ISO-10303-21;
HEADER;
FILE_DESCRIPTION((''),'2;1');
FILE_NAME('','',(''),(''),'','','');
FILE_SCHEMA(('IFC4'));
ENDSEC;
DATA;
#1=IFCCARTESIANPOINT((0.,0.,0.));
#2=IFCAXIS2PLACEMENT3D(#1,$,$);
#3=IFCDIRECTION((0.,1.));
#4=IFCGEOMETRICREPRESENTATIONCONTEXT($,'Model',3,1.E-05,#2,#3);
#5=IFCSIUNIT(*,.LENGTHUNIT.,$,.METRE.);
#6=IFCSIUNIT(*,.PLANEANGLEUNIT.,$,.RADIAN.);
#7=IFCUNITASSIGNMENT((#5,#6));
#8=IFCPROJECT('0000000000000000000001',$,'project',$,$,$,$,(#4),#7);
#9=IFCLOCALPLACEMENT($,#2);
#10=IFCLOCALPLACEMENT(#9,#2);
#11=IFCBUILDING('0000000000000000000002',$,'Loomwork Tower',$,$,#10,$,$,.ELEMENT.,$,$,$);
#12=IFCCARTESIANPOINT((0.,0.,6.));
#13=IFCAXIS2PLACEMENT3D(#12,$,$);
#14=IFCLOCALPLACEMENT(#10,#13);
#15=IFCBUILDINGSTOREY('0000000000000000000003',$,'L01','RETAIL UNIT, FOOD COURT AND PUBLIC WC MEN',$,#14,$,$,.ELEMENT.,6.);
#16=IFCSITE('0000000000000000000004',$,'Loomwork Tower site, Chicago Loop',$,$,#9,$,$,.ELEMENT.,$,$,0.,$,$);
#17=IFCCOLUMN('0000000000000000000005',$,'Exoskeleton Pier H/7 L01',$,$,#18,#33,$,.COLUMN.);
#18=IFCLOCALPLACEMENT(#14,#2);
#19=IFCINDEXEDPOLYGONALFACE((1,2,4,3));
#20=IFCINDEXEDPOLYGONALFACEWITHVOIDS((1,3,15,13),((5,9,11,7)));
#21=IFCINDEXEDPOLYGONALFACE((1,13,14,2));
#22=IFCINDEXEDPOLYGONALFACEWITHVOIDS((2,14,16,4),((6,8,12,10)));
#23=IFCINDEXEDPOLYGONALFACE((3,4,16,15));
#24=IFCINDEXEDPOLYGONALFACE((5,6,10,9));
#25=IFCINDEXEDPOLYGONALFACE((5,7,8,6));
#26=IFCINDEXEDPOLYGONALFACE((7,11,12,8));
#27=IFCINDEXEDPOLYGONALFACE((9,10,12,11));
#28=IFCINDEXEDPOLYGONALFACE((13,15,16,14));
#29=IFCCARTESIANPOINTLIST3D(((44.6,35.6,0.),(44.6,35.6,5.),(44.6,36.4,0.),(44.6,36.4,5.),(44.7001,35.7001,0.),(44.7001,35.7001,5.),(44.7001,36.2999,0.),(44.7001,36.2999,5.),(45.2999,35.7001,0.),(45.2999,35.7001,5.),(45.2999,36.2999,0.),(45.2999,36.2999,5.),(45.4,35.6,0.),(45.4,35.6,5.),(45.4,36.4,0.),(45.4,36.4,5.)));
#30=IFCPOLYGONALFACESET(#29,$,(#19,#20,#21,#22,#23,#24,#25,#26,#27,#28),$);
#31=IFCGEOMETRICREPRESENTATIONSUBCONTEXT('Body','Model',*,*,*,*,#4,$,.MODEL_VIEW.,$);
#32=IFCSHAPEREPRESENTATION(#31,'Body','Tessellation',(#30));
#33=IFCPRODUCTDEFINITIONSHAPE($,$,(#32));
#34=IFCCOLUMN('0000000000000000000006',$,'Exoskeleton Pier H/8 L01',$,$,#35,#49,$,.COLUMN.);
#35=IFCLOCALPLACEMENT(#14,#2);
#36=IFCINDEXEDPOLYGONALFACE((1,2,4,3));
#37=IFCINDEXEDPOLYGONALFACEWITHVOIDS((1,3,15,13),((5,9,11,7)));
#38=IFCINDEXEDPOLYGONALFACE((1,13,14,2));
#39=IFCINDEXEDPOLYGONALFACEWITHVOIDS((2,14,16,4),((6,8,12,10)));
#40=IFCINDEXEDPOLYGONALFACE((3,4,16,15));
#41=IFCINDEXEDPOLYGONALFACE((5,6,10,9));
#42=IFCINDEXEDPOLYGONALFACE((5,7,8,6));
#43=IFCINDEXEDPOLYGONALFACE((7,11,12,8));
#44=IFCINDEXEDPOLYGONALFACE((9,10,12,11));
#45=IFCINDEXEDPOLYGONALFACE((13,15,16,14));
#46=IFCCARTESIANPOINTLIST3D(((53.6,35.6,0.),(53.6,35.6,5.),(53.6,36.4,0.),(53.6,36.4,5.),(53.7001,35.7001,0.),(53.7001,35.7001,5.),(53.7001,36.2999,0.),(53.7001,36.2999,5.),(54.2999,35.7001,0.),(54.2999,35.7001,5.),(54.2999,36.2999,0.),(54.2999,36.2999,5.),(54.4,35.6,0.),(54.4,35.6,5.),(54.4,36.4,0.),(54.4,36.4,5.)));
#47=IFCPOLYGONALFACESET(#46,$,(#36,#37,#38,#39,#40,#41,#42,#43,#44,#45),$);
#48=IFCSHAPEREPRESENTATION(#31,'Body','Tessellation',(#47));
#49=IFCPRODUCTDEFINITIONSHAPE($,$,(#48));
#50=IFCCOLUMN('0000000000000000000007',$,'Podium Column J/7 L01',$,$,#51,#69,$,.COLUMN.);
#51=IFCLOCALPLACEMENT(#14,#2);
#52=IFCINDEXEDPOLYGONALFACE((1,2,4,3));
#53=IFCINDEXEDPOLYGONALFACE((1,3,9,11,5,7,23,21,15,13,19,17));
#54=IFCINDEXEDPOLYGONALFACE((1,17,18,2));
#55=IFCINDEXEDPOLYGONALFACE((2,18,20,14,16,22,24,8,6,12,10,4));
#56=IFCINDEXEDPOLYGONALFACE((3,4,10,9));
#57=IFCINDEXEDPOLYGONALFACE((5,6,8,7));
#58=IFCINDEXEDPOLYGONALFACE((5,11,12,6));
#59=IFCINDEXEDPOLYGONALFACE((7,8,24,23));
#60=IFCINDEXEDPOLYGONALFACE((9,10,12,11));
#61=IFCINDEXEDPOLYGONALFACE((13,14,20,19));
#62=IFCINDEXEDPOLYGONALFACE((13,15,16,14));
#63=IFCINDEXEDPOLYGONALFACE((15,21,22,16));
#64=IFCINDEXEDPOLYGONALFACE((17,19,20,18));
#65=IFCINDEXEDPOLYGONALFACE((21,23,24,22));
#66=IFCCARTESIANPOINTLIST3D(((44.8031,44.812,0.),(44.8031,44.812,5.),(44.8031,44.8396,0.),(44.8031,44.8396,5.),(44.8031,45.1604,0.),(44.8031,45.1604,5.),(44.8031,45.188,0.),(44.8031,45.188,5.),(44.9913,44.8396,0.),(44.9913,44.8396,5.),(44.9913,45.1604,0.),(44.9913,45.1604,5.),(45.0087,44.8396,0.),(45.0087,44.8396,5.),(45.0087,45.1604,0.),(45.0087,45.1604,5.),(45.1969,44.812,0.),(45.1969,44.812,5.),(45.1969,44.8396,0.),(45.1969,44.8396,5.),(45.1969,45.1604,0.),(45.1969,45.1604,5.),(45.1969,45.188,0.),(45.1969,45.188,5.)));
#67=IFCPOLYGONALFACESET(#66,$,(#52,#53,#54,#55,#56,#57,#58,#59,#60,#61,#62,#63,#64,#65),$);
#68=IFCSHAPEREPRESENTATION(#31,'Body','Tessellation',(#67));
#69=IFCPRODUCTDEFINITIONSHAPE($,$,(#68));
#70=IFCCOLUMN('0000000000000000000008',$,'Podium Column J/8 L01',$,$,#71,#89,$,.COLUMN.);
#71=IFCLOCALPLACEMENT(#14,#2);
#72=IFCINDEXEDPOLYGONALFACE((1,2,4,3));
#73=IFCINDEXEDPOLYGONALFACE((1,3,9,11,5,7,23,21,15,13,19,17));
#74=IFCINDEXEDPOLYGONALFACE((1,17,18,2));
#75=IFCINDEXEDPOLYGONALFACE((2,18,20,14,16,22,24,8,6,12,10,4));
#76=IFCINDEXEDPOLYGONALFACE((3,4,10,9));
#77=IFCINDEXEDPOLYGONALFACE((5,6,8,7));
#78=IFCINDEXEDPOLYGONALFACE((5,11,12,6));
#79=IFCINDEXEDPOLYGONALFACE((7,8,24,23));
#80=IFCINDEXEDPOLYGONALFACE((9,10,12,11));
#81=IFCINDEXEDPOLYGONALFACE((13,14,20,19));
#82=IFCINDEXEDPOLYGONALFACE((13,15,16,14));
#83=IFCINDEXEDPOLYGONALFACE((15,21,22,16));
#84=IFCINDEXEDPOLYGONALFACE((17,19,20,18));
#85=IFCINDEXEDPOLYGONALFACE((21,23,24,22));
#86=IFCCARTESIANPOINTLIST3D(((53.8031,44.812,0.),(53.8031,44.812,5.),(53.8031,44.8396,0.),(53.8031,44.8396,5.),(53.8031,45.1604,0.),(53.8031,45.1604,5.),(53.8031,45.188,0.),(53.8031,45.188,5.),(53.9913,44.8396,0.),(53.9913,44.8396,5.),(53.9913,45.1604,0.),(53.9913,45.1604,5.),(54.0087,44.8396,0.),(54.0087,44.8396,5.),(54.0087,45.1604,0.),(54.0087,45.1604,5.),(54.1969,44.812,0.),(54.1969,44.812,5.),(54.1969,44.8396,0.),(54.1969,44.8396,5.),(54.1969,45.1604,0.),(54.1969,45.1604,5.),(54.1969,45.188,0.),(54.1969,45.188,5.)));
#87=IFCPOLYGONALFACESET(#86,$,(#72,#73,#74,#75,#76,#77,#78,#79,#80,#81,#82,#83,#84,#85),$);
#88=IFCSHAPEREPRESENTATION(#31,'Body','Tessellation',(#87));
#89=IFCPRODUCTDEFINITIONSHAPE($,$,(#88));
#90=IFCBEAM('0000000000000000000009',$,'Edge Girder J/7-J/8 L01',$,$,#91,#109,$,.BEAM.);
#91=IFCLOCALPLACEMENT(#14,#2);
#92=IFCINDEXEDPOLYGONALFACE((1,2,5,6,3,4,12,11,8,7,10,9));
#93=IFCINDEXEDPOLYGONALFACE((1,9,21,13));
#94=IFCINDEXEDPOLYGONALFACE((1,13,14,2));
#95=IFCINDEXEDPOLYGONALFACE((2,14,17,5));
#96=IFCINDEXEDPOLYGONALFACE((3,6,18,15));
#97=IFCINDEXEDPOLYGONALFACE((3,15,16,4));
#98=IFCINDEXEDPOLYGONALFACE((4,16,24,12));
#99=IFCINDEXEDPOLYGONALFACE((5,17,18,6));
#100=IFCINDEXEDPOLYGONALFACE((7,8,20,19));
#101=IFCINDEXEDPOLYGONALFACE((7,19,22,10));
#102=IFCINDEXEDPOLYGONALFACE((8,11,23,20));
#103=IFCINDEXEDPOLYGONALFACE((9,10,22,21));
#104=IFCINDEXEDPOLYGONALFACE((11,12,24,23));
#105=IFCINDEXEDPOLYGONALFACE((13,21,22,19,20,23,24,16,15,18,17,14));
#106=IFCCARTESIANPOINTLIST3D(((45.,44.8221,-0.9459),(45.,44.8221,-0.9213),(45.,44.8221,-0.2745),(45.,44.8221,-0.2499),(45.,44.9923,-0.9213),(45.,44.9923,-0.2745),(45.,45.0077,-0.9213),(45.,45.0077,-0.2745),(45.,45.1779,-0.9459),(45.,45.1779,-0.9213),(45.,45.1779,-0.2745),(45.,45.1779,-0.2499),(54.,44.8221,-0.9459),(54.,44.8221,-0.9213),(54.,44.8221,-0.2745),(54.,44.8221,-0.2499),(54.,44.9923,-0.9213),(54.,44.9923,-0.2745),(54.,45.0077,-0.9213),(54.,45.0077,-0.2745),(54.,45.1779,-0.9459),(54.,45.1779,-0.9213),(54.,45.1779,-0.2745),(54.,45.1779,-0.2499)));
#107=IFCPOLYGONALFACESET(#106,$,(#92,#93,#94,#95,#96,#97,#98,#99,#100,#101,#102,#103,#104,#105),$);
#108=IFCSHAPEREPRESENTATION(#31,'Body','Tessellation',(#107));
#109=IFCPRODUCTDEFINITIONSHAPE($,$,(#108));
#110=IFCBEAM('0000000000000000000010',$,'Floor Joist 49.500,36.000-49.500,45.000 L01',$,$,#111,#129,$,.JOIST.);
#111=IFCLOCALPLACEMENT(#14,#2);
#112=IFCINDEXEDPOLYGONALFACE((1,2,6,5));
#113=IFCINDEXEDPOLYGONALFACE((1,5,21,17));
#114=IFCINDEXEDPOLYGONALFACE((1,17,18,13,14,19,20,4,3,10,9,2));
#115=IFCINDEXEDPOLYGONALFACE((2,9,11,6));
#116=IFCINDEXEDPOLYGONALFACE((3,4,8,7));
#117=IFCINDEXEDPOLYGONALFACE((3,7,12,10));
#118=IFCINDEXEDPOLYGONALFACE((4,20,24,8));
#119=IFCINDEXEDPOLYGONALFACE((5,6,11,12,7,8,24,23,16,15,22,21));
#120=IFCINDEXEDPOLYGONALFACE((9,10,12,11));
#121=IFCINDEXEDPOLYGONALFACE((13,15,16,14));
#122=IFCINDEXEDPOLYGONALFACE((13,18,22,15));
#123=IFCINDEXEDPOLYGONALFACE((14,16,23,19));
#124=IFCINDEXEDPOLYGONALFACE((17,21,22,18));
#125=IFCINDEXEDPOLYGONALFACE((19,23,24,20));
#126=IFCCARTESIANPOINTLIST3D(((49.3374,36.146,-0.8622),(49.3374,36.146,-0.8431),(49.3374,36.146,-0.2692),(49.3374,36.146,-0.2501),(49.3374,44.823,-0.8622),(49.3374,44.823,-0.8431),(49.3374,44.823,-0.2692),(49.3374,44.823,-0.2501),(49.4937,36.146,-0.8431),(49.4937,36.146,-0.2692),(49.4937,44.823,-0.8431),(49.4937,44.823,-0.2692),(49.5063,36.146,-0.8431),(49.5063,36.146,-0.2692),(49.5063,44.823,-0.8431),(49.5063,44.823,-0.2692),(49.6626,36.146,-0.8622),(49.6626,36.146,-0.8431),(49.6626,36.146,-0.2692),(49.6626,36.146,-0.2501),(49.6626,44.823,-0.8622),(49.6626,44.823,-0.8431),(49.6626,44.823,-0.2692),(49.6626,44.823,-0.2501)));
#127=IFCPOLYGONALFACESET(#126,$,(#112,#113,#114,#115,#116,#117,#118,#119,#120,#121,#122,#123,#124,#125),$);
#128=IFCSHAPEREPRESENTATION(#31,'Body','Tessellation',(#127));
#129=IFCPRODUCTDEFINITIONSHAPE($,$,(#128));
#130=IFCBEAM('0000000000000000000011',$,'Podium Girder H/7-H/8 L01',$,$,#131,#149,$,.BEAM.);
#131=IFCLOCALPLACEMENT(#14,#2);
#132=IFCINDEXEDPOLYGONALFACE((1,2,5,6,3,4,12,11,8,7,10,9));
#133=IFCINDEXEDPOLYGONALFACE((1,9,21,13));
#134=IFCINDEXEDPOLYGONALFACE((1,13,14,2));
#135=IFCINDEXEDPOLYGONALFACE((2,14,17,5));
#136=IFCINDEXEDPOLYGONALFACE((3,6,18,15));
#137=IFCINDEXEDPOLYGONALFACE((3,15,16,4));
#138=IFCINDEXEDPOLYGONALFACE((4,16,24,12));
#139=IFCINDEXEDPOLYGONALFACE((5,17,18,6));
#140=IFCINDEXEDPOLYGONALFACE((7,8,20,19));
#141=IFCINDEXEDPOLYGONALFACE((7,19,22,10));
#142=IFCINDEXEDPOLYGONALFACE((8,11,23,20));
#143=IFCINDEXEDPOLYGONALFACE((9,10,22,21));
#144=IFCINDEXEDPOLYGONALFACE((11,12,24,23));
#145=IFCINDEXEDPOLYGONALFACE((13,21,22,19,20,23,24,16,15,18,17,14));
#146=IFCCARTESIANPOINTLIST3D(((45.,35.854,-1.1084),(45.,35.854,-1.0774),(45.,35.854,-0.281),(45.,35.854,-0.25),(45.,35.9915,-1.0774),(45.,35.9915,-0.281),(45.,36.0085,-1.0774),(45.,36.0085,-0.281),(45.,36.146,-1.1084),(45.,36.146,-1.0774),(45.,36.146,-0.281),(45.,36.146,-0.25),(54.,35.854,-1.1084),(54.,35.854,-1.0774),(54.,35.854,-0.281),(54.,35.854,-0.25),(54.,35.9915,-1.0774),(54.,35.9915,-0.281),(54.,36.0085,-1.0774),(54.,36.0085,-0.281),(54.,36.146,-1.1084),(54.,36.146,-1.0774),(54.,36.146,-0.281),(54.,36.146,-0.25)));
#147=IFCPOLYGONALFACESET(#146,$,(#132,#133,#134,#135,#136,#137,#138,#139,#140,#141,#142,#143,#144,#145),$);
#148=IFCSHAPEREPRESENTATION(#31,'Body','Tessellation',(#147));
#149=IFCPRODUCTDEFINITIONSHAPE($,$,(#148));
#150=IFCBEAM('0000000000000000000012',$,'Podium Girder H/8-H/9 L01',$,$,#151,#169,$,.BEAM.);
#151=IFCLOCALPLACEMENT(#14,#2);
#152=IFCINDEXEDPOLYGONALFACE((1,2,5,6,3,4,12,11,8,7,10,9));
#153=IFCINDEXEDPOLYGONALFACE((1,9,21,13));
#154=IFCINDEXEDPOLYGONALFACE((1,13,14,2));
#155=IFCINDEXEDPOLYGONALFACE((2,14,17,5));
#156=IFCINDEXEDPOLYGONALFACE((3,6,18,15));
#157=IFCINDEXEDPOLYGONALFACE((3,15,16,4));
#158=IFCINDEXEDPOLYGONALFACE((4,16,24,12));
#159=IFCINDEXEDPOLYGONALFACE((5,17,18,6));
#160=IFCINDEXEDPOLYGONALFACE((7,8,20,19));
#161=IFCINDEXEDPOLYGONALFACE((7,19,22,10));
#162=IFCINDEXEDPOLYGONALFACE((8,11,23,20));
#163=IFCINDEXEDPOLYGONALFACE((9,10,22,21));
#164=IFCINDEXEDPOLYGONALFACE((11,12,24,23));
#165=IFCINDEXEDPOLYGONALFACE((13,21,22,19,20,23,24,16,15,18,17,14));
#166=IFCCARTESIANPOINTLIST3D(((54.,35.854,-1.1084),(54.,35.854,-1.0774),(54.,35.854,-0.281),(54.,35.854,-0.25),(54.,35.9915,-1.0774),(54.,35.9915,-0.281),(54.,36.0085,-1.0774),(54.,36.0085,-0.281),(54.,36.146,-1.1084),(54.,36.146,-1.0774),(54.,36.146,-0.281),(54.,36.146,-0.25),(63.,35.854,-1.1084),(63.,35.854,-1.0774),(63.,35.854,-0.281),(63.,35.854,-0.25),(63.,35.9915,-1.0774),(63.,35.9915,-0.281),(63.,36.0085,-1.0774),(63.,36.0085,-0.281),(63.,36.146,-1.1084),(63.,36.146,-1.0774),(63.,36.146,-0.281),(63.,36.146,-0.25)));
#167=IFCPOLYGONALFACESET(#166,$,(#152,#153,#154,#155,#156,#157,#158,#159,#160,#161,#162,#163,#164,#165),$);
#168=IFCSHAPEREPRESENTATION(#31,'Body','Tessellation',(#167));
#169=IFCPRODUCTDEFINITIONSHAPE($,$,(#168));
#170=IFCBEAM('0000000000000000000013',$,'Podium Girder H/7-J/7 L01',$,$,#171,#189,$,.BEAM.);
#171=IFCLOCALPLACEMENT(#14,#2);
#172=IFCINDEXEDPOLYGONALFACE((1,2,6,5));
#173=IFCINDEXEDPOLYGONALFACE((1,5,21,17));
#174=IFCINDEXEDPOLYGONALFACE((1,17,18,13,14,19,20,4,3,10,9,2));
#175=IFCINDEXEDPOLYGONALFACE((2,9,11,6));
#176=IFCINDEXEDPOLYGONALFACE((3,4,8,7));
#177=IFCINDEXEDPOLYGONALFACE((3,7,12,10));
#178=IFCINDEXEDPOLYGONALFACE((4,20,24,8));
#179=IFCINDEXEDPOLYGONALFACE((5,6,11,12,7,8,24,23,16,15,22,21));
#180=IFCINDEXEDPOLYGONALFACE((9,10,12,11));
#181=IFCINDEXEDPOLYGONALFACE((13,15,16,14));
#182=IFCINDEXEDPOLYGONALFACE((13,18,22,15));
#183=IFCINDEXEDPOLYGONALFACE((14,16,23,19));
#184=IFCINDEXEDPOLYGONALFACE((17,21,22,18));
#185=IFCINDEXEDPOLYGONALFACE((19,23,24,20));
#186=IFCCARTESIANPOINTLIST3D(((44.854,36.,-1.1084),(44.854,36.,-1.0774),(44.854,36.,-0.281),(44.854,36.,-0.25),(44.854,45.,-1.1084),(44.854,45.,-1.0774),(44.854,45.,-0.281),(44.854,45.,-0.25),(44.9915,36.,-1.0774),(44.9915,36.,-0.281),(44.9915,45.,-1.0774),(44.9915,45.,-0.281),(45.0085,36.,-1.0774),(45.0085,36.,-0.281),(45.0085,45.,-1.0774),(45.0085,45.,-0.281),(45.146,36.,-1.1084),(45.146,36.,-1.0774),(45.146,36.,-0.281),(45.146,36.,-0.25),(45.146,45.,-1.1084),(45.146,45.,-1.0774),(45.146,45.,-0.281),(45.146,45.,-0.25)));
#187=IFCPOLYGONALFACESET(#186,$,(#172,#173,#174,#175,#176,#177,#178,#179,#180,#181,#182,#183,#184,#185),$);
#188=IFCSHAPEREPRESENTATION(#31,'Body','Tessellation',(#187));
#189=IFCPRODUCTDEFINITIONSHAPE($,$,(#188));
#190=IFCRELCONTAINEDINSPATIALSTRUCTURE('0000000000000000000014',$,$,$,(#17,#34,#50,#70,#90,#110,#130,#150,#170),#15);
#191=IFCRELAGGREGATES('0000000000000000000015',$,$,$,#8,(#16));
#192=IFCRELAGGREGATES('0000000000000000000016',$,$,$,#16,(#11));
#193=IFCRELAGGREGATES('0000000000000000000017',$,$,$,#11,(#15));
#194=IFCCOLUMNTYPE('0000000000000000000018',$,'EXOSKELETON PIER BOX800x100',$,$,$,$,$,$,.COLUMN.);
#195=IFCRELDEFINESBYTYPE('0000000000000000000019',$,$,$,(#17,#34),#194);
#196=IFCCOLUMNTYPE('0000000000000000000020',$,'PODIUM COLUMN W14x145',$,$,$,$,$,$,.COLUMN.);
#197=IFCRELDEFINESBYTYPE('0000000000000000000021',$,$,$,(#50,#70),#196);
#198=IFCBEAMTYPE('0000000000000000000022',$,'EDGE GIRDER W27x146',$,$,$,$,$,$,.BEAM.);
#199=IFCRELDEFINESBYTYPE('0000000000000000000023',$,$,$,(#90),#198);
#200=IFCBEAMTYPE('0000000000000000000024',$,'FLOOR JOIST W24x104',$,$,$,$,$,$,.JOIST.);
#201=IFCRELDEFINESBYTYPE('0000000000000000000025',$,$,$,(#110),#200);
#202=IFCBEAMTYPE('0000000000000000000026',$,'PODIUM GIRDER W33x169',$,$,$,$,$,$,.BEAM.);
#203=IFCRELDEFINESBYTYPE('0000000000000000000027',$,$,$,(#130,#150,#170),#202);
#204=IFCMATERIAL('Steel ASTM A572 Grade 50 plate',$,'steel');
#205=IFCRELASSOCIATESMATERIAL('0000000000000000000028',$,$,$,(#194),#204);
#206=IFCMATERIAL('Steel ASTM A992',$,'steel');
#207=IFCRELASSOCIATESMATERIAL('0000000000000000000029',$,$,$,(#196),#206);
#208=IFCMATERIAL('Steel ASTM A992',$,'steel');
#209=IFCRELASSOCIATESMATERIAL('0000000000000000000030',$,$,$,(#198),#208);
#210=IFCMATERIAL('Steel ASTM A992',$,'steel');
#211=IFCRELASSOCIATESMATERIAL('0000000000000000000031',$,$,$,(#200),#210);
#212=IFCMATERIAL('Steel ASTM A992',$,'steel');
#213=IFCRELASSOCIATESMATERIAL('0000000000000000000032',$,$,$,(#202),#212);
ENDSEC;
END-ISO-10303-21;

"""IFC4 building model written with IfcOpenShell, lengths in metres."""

from ifc_helpers import new_model, si_unit, direction, frame, origin, origin_2d, place, context, subcontext, project, spatial, hollow_rectangle, i_section, extrude, material, material_profile, profile_set, type_object, element, save


model = new_model("IFC4")

# Units and contexts
model_context = context("Model", 3, precision=1e-05, world=origin(), true_north=direction((0.0, 1.0)))
body_context = subcontext(model_context, "Body", "Model", "MODEL_VIEW")
ifc_project = project(units=[si_unit("LENGTHUNIT", "METRE"), si_unit("PLANEANGLEUNIT", "RADIAN")], contexts=[model_context])

# Site, building, storey
site_placement = place(None, origin())
site = spatial("IfcSite", under=ifc_project, at=site_placement, Name="Loomwork Tower site, Chicago Loop", CompositionType="ELEMENT", RefElevation=0.0)
building_placement = place(site_placement, origin())
building = spatial("IfcBuilding", under=site, at=building_placement, Name="Loomwork Tower", CompositionType="ELEMENT")
storey_placement = place(building_placement, frame((0.0, 0.0, 6.0)))
storey = spatial("IfcBuildingStorey", under=building, at=storey_placement, Name="L01", Description="RETAIL UNIT, FOOD COURT AND PUBLIC WC MEN", CompositionType="ELEMENT", Elevation=6.0)

# Columns
ifc_material_1 = material(Name="Steel ASTM A572 Grade 50 plate", Category="steel")
ifc_material_profile_1 = material_profile(ifc_material_1, hollow_rectangle(XDim=0.8, YDim=0.8, WallThickness=0.1001, at=origin_2d()), Name="BOX800x100")
ifc_profile_set_1 = profile_set([ifc_material_profile_1], Name="Steel ASTM A572 Grade 50 plate")
column_type_1 = type_object("IfcColumnType", Name="EXOSKELETON PIER BOX800x100", PredefinedType="COLUMN", material=ifc_profile_set_1)
for number, where, z_axis, x_axis, name in (
    (1, (45.0, 36.0, 0.0), (0.0, 0.0, 1.0), (1.0, 0.0, 0.0), "Exoskeleton Pier H/7 L01"),
    (2, (54.0, 36.0, 0.0), (0.0, 0.0, 1.0), (1.0, 0.0, 0.0), "Exoskeleton Pier H/8 L01"),
):
    element("IfcColumn", number, at=place(storey_placement, frame(where, z_axis=z_axis, x_axis=x_axis)), inside=storey, type_object=column_type_1, Name=name, PredefinedType="COLUMN", context=body_context, shape_type="SweptSolid", body=[
        extrude(hollow_rectangle(XDim=0.8, YDim=0.8, WallThickness=0.1001, at=origin_2d()), origin(), (0.0, 0.0, 1.0), 5.0),
    ])
ifc_material_2 = material(Name="Steel ASTM A992", Category="steel")
ifc_material_profile_2 = material_profile(ifc_material_2, i_section(OverallWidth=0.3938, OverallDepth=0.376, WebThickness=0.0173, FlangeThickness=0.0276, at=origin_2d()), Name="W14x145")
ifc_profile_set_2 = profile_set([ifc_material_profile_2], Name="Steel ASTM A992")
column_type_2 = type_object("IfcColumnType", Name="PODIUM COLUMN W14x145", PredefinedType="COLUMN", material=ifc_profile_set_2)
for number, where, z_axis, x_axis, name in (
    (3, (45.0, 45.0, 0.0), (0.0, 0.0, 1.0), (1.0, 0.0, 0.0), "Podium Column J/7 L01"),
    (4, (54.0, 45.0, 0.0), (0.0, 0.0, 1.0), (1.0, 0.0, 0.0), "Podium Column J/8 L01"),
):
    element("IfcColumn", number, at=place(storey_placement, frame(where, z_axis=z_axis, x_axis=x_axis)), inside=storey, type_object=column_type_2, Name=name, PredefinedType="COLUMN", context=body_context, shape_type="SweptSolid", body=[
        extrude(i_section(OverallWidth=0.3938, OverallDepth=0.376, WebThickness=0.0173, FlangeThickness=0.0276, at=origin_2d()), origin(), (0.0, 0.0, 1.0), 5.0),
    ])

# Beams
ifc_material_3 = material(Name="Steel ASTM A992", Category="steel")
ifc_material_profile_3 = material_profile(ifc_material_3, i_section(OverallWidth=0.3557, OverallDepth=0.696, WebThickness=0.0154, FlangeThickness=0.0247, at=origin_2d()), Name="W27x146")
ifc_profile_set_3 = profile_set([ifc_material_profile_3], Name="Steel ASTM A992")
beam_type_1 = type_object("IfcBeamType", Name="EDGE GIRDER W27x146", PredefinedType="BEAM", material=ifc_profile_set_3)
beam_1_placement = place(storey_placement, frame((45.0, 45.0, -0.5979), z_axis=(1.0, 0.0, 0.0), x_axis=(0.0, 1.0, 0.0)))
element("IfcBeam", 5, at=beam_1_placement, inside=storey, type_object=beam_type_1, Name="Edge Girder J/7-J/8 L01", PredefinedType="BEAM", context=body_context, shape_type="SweptSolid", body=[
    extrude(i_section(OverallWidth=0.3557, OverallDepth=0.696, WebThickness=0.0154, FlangeThickness=0.0247, at=origin_2d()), origin(), (0.0, 0.0, 1.0), 9.0),
])
ifc_material_4 = material(Name="Steel ASTM A992", Category="steel")
ifc_material_profile_4 = material_profile(ifc_material_4, i_section(OverallWidth=0.3252, OverallDepth=0.6121, WebThickness=0.0127, FlangeThickness=0.019, at=origin_2d()), Name="W24x104")
ifc_profile_set_4 = profile_set([ifc_material_profile_4], Name="Steel ASTM A992")
beam_type_2 = type_object("IfcBeamType", Name="FLOOR JOIST W24x104", PredefinedType="JOIST", material=ifc_profile_set_4)
beam_2_placement = place(storey_placement, frame((49.5, 36.146, -0.5562), z_axis=(0.0, 1.0, 0.0), x_axis=(-1.0, 0.0, 0.0)))
element("IfcBeam", 6, at=beam_2_placement, inside=storey, type_object=beam_type_2, Name="Floor Joist 49.500,36.000-49.500,45.000 L01", PredefinedType="JOIST", context=body_context, shape_type="SweptSolid", body=[
    extrude(i_section(OverallWidth=0.3252, OverallDepth=0.6121, WebThickness=0.0127, FlangeThickness=0.019, at=origin_2d()), origin(), (0.0, 0.0, 1.0), 8.677),
])
ifc_material_5 = material(Name="Steel ASTM A992", Category="steel")
ifc_material_profile_5 = material_profile(ifc_material_5, i_section(OverallWidth=0.292, OverallDepth=0.8584, WebThickness=0.0171, FlangeThickness=0.031, at=origin_2d()), Name="W33x169")
ifc_profile_set_5 = profile_set([ifc_material_profile_5], Name="Steel ASTM A992")
beam_type_3 = type_object("IfcBeamType", Name="PODIUM GIRDER W33x169", PredefinedType="BEAM", material=ifc_profile_set_5)
for number, where, z_axis, x_axis, name in (
    (7, (45.0, 36.0, -0.6792), (1.0, 0.0, 0.0), (0.0, 1.0, 0.0), "Podium Girder H/7-H/8 L01"),
    (8, (54.0, 36.0, -0.6792), (1.0, 0.0, 0.0), (0.0, 1.0, 0.0), "Podium Girder H/8-H/9 L01"),
    (9, (45.0, 36.0, -0.6792), (0.0, 1.0, 0.0), (-1.0, 0.0, 0.0), "Podium Girder H/7-J/7 L01"),
):
    element("IfcBeam", number, at=place(storey_placement, frame(where, z_axis=z_axis, x_axis=x_axis)), inside=storey, type_object=beam_type_3, Name=name, PredefinedType="BEAM", context=body_context, shape_type="SweptSolid", body=[
        extrude(i_section(OverallWidth=0.292, OverallDepth=0.8584, WebThickness=0.0171, FlangeThickness=0.031, at=origin_2d()), origin(), (0.0, 0.0, 1.0), 9.0),
    ])

save(model, "model.ifc")
